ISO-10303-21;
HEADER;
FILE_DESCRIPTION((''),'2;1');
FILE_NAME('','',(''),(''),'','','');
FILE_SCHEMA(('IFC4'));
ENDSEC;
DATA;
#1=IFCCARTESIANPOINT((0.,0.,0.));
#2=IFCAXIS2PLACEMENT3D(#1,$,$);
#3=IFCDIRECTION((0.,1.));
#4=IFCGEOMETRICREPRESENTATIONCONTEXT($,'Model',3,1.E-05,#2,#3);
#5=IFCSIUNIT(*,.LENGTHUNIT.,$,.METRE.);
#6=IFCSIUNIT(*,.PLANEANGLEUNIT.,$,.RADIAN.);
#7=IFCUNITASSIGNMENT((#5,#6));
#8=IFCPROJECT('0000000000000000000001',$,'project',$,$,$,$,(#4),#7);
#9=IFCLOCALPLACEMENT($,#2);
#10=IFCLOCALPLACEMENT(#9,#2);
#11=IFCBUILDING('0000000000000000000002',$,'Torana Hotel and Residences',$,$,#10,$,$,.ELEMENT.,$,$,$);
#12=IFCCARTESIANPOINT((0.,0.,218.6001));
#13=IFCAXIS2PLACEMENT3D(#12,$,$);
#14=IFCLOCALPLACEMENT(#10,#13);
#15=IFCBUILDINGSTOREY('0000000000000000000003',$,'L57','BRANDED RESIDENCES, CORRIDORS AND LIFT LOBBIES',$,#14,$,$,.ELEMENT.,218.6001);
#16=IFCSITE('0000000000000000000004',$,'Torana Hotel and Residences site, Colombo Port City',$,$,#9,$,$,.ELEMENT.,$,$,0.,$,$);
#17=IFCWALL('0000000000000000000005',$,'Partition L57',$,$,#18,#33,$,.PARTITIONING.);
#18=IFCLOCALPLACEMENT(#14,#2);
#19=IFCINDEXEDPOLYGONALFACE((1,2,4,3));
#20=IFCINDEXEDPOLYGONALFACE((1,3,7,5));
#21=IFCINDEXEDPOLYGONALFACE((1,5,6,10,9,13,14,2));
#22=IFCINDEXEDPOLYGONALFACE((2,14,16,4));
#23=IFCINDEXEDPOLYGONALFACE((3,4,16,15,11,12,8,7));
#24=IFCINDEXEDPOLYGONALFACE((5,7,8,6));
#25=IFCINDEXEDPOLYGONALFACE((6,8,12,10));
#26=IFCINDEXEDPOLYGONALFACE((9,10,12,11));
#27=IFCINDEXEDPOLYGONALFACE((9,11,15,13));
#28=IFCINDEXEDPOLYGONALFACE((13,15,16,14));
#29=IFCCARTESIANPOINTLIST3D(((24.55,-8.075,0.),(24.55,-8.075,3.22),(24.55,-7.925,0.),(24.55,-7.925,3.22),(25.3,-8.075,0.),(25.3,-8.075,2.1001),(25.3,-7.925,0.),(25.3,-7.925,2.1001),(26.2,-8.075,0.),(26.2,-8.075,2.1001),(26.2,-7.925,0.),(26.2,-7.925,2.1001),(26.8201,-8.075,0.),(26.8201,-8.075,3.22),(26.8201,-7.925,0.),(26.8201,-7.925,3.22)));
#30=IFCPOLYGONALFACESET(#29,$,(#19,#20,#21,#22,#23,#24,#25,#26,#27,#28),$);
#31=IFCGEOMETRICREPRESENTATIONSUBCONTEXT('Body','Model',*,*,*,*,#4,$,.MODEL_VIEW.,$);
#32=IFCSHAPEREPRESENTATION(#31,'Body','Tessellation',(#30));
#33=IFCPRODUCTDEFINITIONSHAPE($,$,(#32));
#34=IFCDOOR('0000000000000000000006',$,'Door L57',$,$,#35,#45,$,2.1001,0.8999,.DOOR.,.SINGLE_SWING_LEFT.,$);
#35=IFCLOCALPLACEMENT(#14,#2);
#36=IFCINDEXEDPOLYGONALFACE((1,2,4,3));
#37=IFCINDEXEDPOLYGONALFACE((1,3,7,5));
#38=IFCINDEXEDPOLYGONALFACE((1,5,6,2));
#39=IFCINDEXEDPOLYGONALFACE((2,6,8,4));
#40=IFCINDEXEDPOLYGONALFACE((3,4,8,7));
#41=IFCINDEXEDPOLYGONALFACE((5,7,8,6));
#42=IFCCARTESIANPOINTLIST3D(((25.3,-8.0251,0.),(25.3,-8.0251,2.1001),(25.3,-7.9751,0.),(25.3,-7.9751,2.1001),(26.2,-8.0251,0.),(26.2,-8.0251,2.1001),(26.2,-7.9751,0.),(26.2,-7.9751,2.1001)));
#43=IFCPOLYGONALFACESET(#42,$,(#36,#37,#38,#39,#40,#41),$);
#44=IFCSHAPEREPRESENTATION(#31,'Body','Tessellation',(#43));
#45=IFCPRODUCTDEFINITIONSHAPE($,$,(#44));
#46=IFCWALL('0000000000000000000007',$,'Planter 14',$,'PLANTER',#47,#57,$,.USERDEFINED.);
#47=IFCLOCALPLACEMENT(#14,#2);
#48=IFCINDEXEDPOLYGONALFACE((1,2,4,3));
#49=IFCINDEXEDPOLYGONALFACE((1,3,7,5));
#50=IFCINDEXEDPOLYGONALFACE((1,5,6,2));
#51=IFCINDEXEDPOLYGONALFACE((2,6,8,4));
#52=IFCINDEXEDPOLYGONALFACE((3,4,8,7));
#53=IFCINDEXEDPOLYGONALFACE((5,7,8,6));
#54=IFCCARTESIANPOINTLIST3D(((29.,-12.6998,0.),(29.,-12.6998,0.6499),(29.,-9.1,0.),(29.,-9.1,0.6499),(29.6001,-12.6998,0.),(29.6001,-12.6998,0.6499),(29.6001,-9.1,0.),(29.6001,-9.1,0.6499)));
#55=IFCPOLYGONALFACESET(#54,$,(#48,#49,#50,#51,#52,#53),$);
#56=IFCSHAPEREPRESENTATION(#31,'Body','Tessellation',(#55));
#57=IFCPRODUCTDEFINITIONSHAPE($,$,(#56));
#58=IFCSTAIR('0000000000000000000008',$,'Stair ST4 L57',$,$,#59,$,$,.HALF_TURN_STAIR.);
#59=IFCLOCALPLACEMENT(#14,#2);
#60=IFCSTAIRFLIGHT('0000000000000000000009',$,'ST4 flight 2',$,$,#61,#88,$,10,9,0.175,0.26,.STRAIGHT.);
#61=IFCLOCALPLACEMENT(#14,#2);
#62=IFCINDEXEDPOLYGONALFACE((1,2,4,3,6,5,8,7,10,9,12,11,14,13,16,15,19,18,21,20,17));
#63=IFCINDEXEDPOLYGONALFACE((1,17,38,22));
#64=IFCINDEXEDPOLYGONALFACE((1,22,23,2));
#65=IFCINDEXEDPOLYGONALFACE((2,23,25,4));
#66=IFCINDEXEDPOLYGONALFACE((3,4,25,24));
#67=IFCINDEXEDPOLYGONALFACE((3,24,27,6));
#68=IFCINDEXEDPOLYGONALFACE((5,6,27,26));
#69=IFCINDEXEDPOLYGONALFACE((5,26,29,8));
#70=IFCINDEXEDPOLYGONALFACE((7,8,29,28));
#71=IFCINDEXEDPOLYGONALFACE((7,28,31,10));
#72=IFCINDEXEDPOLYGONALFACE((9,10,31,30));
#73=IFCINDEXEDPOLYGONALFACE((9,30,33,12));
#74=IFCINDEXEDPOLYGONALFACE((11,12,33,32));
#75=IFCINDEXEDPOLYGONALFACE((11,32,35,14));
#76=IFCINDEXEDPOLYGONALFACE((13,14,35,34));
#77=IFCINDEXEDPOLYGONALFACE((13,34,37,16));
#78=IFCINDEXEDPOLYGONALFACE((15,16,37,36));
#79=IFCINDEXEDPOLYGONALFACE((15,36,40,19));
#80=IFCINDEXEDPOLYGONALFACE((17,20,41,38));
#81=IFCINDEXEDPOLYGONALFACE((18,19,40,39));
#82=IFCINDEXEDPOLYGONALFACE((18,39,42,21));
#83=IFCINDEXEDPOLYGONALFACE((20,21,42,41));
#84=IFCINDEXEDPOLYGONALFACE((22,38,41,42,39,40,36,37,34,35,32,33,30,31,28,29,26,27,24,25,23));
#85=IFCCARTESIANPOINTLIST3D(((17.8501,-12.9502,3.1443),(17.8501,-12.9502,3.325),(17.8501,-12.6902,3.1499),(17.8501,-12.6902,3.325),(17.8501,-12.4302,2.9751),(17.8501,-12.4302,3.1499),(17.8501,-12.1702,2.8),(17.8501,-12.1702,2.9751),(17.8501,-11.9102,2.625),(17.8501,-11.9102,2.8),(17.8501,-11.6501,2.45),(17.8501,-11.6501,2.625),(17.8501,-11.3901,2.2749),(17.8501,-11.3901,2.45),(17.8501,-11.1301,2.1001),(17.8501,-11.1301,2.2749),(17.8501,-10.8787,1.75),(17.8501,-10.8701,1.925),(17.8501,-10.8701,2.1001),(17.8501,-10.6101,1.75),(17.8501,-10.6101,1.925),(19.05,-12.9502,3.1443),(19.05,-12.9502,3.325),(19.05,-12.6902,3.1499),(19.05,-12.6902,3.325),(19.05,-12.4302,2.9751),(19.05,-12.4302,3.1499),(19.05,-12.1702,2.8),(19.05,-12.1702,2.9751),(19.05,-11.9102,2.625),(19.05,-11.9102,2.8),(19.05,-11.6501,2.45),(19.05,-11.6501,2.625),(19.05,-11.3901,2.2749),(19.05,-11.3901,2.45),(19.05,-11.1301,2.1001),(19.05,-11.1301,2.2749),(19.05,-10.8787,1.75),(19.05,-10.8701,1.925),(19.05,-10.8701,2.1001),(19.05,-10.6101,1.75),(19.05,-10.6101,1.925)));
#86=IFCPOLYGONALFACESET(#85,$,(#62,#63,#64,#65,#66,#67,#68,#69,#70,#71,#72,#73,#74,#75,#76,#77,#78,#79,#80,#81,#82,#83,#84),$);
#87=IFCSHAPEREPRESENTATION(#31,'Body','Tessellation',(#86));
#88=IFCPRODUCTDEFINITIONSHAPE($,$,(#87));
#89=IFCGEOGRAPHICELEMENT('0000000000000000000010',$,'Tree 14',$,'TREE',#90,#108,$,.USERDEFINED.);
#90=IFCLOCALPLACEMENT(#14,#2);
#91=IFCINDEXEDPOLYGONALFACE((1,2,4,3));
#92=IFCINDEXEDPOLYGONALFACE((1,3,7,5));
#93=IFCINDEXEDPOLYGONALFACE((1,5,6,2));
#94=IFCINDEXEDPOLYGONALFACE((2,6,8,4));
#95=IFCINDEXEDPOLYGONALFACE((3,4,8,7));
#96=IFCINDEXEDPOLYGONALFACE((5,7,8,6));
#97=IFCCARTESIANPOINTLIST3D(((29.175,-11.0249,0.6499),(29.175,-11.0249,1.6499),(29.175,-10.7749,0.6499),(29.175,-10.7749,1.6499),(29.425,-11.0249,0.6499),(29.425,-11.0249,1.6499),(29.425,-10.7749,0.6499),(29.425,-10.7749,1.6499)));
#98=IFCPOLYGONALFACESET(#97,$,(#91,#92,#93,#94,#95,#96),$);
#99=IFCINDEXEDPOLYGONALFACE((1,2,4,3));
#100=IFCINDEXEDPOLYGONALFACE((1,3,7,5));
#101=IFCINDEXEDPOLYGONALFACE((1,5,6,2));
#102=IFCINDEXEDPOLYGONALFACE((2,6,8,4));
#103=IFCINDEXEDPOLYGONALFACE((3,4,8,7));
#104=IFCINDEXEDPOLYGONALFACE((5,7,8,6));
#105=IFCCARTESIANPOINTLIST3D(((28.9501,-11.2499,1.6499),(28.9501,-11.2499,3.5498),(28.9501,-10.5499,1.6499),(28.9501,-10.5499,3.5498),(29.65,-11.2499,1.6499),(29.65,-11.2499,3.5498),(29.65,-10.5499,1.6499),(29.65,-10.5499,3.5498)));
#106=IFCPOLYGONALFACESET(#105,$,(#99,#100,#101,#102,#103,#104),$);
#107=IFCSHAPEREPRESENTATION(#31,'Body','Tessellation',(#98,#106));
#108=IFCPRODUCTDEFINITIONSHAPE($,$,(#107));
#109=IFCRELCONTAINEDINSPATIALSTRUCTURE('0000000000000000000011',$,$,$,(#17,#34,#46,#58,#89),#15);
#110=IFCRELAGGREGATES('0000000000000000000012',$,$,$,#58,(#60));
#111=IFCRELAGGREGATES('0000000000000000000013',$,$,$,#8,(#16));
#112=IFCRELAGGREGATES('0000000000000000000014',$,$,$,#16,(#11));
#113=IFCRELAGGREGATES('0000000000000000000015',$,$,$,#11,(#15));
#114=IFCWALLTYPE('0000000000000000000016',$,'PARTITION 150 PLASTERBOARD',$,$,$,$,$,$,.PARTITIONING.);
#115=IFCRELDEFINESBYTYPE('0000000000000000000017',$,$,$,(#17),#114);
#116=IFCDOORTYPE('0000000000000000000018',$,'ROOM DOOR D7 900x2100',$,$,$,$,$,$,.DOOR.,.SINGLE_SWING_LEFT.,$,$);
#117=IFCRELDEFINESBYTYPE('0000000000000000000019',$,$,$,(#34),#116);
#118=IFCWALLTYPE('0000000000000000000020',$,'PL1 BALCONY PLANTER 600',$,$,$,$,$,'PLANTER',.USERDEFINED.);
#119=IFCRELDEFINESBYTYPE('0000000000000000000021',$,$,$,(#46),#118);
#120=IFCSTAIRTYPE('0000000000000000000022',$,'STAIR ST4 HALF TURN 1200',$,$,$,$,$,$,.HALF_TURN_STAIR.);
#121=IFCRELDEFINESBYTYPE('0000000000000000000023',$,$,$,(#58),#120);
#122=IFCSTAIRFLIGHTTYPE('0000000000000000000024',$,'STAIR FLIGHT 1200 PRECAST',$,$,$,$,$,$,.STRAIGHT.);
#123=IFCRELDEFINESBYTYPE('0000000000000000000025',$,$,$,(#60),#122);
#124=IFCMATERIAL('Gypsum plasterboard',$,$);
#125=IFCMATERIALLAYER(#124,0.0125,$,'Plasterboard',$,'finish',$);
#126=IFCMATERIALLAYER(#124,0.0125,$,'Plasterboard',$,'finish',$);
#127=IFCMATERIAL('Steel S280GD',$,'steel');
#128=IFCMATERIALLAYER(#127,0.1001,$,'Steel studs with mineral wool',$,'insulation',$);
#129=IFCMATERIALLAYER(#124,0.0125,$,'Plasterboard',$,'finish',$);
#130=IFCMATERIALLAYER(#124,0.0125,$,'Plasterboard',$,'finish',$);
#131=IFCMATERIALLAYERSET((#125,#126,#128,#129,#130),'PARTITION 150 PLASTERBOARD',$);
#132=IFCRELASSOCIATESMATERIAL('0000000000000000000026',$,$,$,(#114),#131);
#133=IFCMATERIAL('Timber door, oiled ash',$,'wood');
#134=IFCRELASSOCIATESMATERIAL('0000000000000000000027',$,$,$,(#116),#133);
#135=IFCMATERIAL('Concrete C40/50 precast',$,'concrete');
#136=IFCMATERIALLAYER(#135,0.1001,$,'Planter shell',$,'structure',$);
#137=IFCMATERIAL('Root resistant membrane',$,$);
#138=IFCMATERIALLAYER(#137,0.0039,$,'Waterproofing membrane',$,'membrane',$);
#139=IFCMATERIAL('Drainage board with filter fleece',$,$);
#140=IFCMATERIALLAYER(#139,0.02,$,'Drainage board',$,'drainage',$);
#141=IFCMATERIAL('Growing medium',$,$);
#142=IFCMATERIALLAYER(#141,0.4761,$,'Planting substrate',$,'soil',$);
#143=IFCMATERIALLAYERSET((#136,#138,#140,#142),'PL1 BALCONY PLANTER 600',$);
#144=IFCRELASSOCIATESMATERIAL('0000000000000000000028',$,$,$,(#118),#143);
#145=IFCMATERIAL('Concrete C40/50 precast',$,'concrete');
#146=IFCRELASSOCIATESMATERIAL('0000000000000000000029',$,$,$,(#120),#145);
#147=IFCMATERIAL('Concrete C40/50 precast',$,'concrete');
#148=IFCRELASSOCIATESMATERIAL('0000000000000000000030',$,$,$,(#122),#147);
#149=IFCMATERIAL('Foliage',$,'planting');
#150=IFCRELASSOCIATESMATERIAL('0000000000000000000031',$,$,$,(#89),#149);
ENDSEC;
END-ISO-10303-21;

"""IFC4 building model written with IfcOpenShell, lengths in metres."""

from ifc_helpers import new_model, si_unit, direction, frame, frame_2d, origin, origin_2d, place, context, subcontext, project, spatial, polyline, rectangle, outline, extrude, material, layer, layer_set, type_object, element, fill, aggregate, save


model = new_model("IFC4")

# Units and contexts
model_context = context("Model", 3, precision=1e-05, world=origin(), true_north=direction((0.0, 1.0)))
body_context = subcontext(model_context, "Body", "Model", "MODEL_VIEW")
ifc_project = project(units=[si_unit("LENGTHUNIT", "METRE"), si_unit("PLANEANGLEUNIT", "RADIAN")], contexts=[model_context])

# Site, building, storey
site_placement = place(None, origin())
site = spatial("IfcSite", under=ifc_project, at=site_placement, Name="Torana Hotel and Residences site, Colombo Port City", CompositionType="ELEMENT", RefElevation=0.0)
building_placement = place(site_placement, origin())
building = spatial("IfcBuilding", under=site, at=building_placement, Name="Torana Hotel and Residences", CompositionType="ELEMENT")
storey_placement = place(building_placement, frame((0.0, 0.0, 218.6001)))
storey = spatial("IfcBuildingStorey", under=building, at=storey_placement, Name="L57", Description="BRANDED RESIDENCES, CORRIDORS AND LIFT LOBBIES", CompositionType="ELEMENT", Elevation=218.6001)

# Shared definitions
ifc_material_1 = material(Name="Steel S280GD", Category="steel")

# Shared definitions
ifc_material_2 = material(Name="Concrete C40/50 precast", Category="concrete")

# Shared definitions
ifc_material_3 = material(Name="Gypsum plasterboard")
ifc_layer_1 = layer(ifc_material_3, 0.0125, Name="Plasterboard", Category="finish")
ifc_layer_2 = layer(ifc_material_3, 0.0125, Name="Plasterboard", Category="finish")
ifc_layer_3 = layer(ifc_material_1, 0.1001, Name="Steel studs with mineral wool", Category="insulation")
ifc_layer_4 = layer(ifc_material_3, 0.0125, Name="Plasterboard", Category="finish")
ifc_layer_5 = layer(ifc_material_3, 0.0125, Name="Plasterboard", Category="finish")
ifc_layer_set_1 = layer_set([ifc_layer_1, ifc_layer_2, ifc_layer_3, ifc_layer_4, ifc_layer_5], Name="PARTITION 150 PLASTERBOARD")
wall_type_1 = type_object("IfcWallType", Name="PARTITION 150 PLASTERBOARD", PredefinedType="PARTITIONING", material=ifc_layer_set_1)

# Wall, opening, door
wall_1_placement = place(storey_placement, frame((24.55, -8.0, 0.0), z_axis=(0.0, 0.0, 1.0), x_axis=(1.0, 0.0, 0.0)))
wall_1 = element("IfcWall", 1, at=wall_1_placement, inside=storey, type_object=wall_type_1, Name="Partition L57", PredefinedType="PARTITIONING", context=body_context, shape_type="SweptSolid", body=[
    extrude(rectangle(XDim=2.27, YDim=0.1499, at=frame_2d((1.135, 0.0))), origin(), (0.0, 0.0, 1.0), 3.22),
])
opening_1_placement = place(wall_1_placement, frame((0.75, 0.0, 0.0)))
opening_1 = element("IfcOpeningElement", 2, at=opening_1_placement, cuts=wall_1, PredefinedType="OPENING", context=body_context, shape_type="SweptSolid", body=[
    extrude(rectangle(XDim=0.8999, YDim=2.1001, at=frame_2d((0.45, 1.05))), frame((0.0, 0.085, 0.0), z_axis=(0.0, -1.0, 0.0), x_axis=(1.0, 0.0, 0.0)), (0.0, 0.0, 1.0), 0.1699),
])
ifc_material_4 = material(Name="Timber door, oiled ash", Category="wood")
door_type_1 = type_object("IfcDoorType", Name="ROOM DOOR D7 900x2100", OperationType="SINGLE_SWING_LEFT", PredefinedType="DOOR", material=ifc_material_4)
door_1_placement = place(opening_1_placement, origin())
door_1 = element("IfcDoor", 3, at=door_1_placement, inside=storey, type_object=door_type_1, Name="Door L57", OperationType="SINGLE_SWING_LEFT", OverallHeight=2.1001, OverallWidth=0.8999, PredefinedType="DOOR", context=body_context, shape_type="SweptSolid", body=[
    extrude(rectangle(XDim=0.8999, YDim=2.1001, at=frame_2d((0.45, 1.05))), frame((0.0, 0.0249, 0.0), z_axis=(0.0, -1.0, 0.0), x_axis=(1.0, 0.0, 0.0)), (0.0, 0.0, 1.0), 0.05),
])
fill(opening_1, door_1)

# Wall
ifc_layer_6 = layer(ifc_material_2, 0.1001, Name="Planter shell", Category="structure")
ifc_material_5 = material(Name="Root resistant membrane")
ifc_layer_7 = layer(ifc_material_5, 0.0039, Name="Waterproofing membrane", Category="membrane")
ifc_material_6 = material(Name="Drainage board with filter fleece")
ifc_layer_8 = layer(ifc_material_6, 0.02, Name="Drainage board", Category="drainage")
ifc_material_7 = material(Name="Growing medium")
ifc_layer_9 = layer(ifc_material_7, 0.4761, Name="Planting substrate", Category="soil")
ifc_layer_set_2 = layer_set([ifc_layer_6, ifc_layer_7, ifc_layer_8, ifc_layer_9], Name="PL1 BALCONY PLANTER 600")
wall_type_2 = type_object("IfcWallType", Name="PL1 BALCONY PLANTER 600", ElementType="PLANTER", PredefinedType="USERDEFINED", material=ifc_layer_set_2)
wall_2_placement = place(storey_placement, frame((29.3, -9.1001, 0.0), z_axis=(0.0, 0.0, 1.0), x_axis=(0.0, -1.0, 0.0)))
element("IfcWall", 4, at=wall_2_placement, inside=storey, type_object=wall_type_2, Name="Planter 14", ObjectType="PLANTER", PredefinedType="USERDEFINED", context=body_context, shape_type="SweptSolid", body=[
    extrude(rectangle(XDim=3.5999, YDim=0.6001, at=frame_2d((1.7998, 0.0))), origin(), (0.0, 0.0, 1.0), 0.6499),
])

# Stair, stair flight
ifc_material_8 = material(Name="Concrete C40/50 precast", Category="concrete")
stair_type = type_object("IfcStairType", Name="STAIR ST4 HALF TURN 1200", PredefinedType="HALF_TURN_STAIR", material=ifc_material_8)
stair_placement = place(storey_placement, origin())
stair = element("IfcStair", 5, at=stair_placement, inside=storey, type_object=stair_type, Name="Stair ST4 L57", PredefinedType="HALF_TURN_STAIR")
ifc_material_9 = material(Name="Concrete C40/50 precast", Category="concrete")
stair_flight_type = type_object("IfcStairFlightType", Name="STAIR FLIGHT 1200 PRECAST", PredefinedType="STRAIGHT", material=ifc_material_9)
stair_flight_placement = place(storey_placement, frame((18.45, -10.6101, 1.75), z_axis=(0.0, 0.0, 1.0), x_axis=(0.0, -1.0, 0.0)))
stair_flight = element("IfcStairFlight", 6, at=stair_flight_placement, type_object=stair_flight_type, Name="ST4 flight 2", NumberOfRisers=10, NumberOfTreads=9, PredefinedType="STRAIGHT", RiserHeight=0.175, TreadLength=0.26, context=body_context, shape_type="SweptSolid", body=[
    extrude(outline(polyline([(0.0, 0.0), (0.0, 0.175), (0.26, 0.175), (0.26, 0.3501), (0.52, 0.3501), (0.52, 0.5249), (0.78, 0.5249), (0.78, 0.7), (1.04, 0.7), (1.04, 0.875), (1.3, 0.875), (1.3, 1.05), (1.5601, 1.05), (1.5601, 1.2251), (1.8201, 1.2251), (1.8201, 1.3999), (2.0801, 1.3999), (2.0801, 1.575), (2.3401, 1.575), (2.3401, 1.75), (2.3401, 1.3943), (0.2686, 0.0), (0.0, 0.0)])), frame((0.0, 0.6001, 0.0), z_axis=(0.0, -1.0, 0.0), x_axis=(1.0, 0.0, 0.0)), (0.0, 0.0, 1.0), 1.2),
])
aggregate(stair, [stair_flight])

# Geographic element
ifc_material_10 = material(Name="Foliage", Category="planting")
geographic_element_placement = place(storey_placement, frame((29.3, -10.8999, 0.6499), z_axis=(0.0, 0.0, 1.0), x_axis=(1.0, 0.0, 0.0)))
element("IfcGeographicElement", 7, at=geographic_element_placement, inside=storey, material=ifc_material_10, Name="Tree 14", ObjectType="TREE", PredefinedType="USERDEFINED", context=body_context, shape_type="SweptSolid", body=[
    extrude(rectangle(XDim=0.25, YDim=0.25, at=origin_2d()), origin(), (0.0, 0.0, 1.0), 1.0),
    extrude(rectangle(XDim=0.7, YDim=0.7, at=origin_2d()), frame((0.0, 0.0, 1.0)), (0.0, 0.0, 1.0), 1.8999),
])

save(model, "model.ifc")
